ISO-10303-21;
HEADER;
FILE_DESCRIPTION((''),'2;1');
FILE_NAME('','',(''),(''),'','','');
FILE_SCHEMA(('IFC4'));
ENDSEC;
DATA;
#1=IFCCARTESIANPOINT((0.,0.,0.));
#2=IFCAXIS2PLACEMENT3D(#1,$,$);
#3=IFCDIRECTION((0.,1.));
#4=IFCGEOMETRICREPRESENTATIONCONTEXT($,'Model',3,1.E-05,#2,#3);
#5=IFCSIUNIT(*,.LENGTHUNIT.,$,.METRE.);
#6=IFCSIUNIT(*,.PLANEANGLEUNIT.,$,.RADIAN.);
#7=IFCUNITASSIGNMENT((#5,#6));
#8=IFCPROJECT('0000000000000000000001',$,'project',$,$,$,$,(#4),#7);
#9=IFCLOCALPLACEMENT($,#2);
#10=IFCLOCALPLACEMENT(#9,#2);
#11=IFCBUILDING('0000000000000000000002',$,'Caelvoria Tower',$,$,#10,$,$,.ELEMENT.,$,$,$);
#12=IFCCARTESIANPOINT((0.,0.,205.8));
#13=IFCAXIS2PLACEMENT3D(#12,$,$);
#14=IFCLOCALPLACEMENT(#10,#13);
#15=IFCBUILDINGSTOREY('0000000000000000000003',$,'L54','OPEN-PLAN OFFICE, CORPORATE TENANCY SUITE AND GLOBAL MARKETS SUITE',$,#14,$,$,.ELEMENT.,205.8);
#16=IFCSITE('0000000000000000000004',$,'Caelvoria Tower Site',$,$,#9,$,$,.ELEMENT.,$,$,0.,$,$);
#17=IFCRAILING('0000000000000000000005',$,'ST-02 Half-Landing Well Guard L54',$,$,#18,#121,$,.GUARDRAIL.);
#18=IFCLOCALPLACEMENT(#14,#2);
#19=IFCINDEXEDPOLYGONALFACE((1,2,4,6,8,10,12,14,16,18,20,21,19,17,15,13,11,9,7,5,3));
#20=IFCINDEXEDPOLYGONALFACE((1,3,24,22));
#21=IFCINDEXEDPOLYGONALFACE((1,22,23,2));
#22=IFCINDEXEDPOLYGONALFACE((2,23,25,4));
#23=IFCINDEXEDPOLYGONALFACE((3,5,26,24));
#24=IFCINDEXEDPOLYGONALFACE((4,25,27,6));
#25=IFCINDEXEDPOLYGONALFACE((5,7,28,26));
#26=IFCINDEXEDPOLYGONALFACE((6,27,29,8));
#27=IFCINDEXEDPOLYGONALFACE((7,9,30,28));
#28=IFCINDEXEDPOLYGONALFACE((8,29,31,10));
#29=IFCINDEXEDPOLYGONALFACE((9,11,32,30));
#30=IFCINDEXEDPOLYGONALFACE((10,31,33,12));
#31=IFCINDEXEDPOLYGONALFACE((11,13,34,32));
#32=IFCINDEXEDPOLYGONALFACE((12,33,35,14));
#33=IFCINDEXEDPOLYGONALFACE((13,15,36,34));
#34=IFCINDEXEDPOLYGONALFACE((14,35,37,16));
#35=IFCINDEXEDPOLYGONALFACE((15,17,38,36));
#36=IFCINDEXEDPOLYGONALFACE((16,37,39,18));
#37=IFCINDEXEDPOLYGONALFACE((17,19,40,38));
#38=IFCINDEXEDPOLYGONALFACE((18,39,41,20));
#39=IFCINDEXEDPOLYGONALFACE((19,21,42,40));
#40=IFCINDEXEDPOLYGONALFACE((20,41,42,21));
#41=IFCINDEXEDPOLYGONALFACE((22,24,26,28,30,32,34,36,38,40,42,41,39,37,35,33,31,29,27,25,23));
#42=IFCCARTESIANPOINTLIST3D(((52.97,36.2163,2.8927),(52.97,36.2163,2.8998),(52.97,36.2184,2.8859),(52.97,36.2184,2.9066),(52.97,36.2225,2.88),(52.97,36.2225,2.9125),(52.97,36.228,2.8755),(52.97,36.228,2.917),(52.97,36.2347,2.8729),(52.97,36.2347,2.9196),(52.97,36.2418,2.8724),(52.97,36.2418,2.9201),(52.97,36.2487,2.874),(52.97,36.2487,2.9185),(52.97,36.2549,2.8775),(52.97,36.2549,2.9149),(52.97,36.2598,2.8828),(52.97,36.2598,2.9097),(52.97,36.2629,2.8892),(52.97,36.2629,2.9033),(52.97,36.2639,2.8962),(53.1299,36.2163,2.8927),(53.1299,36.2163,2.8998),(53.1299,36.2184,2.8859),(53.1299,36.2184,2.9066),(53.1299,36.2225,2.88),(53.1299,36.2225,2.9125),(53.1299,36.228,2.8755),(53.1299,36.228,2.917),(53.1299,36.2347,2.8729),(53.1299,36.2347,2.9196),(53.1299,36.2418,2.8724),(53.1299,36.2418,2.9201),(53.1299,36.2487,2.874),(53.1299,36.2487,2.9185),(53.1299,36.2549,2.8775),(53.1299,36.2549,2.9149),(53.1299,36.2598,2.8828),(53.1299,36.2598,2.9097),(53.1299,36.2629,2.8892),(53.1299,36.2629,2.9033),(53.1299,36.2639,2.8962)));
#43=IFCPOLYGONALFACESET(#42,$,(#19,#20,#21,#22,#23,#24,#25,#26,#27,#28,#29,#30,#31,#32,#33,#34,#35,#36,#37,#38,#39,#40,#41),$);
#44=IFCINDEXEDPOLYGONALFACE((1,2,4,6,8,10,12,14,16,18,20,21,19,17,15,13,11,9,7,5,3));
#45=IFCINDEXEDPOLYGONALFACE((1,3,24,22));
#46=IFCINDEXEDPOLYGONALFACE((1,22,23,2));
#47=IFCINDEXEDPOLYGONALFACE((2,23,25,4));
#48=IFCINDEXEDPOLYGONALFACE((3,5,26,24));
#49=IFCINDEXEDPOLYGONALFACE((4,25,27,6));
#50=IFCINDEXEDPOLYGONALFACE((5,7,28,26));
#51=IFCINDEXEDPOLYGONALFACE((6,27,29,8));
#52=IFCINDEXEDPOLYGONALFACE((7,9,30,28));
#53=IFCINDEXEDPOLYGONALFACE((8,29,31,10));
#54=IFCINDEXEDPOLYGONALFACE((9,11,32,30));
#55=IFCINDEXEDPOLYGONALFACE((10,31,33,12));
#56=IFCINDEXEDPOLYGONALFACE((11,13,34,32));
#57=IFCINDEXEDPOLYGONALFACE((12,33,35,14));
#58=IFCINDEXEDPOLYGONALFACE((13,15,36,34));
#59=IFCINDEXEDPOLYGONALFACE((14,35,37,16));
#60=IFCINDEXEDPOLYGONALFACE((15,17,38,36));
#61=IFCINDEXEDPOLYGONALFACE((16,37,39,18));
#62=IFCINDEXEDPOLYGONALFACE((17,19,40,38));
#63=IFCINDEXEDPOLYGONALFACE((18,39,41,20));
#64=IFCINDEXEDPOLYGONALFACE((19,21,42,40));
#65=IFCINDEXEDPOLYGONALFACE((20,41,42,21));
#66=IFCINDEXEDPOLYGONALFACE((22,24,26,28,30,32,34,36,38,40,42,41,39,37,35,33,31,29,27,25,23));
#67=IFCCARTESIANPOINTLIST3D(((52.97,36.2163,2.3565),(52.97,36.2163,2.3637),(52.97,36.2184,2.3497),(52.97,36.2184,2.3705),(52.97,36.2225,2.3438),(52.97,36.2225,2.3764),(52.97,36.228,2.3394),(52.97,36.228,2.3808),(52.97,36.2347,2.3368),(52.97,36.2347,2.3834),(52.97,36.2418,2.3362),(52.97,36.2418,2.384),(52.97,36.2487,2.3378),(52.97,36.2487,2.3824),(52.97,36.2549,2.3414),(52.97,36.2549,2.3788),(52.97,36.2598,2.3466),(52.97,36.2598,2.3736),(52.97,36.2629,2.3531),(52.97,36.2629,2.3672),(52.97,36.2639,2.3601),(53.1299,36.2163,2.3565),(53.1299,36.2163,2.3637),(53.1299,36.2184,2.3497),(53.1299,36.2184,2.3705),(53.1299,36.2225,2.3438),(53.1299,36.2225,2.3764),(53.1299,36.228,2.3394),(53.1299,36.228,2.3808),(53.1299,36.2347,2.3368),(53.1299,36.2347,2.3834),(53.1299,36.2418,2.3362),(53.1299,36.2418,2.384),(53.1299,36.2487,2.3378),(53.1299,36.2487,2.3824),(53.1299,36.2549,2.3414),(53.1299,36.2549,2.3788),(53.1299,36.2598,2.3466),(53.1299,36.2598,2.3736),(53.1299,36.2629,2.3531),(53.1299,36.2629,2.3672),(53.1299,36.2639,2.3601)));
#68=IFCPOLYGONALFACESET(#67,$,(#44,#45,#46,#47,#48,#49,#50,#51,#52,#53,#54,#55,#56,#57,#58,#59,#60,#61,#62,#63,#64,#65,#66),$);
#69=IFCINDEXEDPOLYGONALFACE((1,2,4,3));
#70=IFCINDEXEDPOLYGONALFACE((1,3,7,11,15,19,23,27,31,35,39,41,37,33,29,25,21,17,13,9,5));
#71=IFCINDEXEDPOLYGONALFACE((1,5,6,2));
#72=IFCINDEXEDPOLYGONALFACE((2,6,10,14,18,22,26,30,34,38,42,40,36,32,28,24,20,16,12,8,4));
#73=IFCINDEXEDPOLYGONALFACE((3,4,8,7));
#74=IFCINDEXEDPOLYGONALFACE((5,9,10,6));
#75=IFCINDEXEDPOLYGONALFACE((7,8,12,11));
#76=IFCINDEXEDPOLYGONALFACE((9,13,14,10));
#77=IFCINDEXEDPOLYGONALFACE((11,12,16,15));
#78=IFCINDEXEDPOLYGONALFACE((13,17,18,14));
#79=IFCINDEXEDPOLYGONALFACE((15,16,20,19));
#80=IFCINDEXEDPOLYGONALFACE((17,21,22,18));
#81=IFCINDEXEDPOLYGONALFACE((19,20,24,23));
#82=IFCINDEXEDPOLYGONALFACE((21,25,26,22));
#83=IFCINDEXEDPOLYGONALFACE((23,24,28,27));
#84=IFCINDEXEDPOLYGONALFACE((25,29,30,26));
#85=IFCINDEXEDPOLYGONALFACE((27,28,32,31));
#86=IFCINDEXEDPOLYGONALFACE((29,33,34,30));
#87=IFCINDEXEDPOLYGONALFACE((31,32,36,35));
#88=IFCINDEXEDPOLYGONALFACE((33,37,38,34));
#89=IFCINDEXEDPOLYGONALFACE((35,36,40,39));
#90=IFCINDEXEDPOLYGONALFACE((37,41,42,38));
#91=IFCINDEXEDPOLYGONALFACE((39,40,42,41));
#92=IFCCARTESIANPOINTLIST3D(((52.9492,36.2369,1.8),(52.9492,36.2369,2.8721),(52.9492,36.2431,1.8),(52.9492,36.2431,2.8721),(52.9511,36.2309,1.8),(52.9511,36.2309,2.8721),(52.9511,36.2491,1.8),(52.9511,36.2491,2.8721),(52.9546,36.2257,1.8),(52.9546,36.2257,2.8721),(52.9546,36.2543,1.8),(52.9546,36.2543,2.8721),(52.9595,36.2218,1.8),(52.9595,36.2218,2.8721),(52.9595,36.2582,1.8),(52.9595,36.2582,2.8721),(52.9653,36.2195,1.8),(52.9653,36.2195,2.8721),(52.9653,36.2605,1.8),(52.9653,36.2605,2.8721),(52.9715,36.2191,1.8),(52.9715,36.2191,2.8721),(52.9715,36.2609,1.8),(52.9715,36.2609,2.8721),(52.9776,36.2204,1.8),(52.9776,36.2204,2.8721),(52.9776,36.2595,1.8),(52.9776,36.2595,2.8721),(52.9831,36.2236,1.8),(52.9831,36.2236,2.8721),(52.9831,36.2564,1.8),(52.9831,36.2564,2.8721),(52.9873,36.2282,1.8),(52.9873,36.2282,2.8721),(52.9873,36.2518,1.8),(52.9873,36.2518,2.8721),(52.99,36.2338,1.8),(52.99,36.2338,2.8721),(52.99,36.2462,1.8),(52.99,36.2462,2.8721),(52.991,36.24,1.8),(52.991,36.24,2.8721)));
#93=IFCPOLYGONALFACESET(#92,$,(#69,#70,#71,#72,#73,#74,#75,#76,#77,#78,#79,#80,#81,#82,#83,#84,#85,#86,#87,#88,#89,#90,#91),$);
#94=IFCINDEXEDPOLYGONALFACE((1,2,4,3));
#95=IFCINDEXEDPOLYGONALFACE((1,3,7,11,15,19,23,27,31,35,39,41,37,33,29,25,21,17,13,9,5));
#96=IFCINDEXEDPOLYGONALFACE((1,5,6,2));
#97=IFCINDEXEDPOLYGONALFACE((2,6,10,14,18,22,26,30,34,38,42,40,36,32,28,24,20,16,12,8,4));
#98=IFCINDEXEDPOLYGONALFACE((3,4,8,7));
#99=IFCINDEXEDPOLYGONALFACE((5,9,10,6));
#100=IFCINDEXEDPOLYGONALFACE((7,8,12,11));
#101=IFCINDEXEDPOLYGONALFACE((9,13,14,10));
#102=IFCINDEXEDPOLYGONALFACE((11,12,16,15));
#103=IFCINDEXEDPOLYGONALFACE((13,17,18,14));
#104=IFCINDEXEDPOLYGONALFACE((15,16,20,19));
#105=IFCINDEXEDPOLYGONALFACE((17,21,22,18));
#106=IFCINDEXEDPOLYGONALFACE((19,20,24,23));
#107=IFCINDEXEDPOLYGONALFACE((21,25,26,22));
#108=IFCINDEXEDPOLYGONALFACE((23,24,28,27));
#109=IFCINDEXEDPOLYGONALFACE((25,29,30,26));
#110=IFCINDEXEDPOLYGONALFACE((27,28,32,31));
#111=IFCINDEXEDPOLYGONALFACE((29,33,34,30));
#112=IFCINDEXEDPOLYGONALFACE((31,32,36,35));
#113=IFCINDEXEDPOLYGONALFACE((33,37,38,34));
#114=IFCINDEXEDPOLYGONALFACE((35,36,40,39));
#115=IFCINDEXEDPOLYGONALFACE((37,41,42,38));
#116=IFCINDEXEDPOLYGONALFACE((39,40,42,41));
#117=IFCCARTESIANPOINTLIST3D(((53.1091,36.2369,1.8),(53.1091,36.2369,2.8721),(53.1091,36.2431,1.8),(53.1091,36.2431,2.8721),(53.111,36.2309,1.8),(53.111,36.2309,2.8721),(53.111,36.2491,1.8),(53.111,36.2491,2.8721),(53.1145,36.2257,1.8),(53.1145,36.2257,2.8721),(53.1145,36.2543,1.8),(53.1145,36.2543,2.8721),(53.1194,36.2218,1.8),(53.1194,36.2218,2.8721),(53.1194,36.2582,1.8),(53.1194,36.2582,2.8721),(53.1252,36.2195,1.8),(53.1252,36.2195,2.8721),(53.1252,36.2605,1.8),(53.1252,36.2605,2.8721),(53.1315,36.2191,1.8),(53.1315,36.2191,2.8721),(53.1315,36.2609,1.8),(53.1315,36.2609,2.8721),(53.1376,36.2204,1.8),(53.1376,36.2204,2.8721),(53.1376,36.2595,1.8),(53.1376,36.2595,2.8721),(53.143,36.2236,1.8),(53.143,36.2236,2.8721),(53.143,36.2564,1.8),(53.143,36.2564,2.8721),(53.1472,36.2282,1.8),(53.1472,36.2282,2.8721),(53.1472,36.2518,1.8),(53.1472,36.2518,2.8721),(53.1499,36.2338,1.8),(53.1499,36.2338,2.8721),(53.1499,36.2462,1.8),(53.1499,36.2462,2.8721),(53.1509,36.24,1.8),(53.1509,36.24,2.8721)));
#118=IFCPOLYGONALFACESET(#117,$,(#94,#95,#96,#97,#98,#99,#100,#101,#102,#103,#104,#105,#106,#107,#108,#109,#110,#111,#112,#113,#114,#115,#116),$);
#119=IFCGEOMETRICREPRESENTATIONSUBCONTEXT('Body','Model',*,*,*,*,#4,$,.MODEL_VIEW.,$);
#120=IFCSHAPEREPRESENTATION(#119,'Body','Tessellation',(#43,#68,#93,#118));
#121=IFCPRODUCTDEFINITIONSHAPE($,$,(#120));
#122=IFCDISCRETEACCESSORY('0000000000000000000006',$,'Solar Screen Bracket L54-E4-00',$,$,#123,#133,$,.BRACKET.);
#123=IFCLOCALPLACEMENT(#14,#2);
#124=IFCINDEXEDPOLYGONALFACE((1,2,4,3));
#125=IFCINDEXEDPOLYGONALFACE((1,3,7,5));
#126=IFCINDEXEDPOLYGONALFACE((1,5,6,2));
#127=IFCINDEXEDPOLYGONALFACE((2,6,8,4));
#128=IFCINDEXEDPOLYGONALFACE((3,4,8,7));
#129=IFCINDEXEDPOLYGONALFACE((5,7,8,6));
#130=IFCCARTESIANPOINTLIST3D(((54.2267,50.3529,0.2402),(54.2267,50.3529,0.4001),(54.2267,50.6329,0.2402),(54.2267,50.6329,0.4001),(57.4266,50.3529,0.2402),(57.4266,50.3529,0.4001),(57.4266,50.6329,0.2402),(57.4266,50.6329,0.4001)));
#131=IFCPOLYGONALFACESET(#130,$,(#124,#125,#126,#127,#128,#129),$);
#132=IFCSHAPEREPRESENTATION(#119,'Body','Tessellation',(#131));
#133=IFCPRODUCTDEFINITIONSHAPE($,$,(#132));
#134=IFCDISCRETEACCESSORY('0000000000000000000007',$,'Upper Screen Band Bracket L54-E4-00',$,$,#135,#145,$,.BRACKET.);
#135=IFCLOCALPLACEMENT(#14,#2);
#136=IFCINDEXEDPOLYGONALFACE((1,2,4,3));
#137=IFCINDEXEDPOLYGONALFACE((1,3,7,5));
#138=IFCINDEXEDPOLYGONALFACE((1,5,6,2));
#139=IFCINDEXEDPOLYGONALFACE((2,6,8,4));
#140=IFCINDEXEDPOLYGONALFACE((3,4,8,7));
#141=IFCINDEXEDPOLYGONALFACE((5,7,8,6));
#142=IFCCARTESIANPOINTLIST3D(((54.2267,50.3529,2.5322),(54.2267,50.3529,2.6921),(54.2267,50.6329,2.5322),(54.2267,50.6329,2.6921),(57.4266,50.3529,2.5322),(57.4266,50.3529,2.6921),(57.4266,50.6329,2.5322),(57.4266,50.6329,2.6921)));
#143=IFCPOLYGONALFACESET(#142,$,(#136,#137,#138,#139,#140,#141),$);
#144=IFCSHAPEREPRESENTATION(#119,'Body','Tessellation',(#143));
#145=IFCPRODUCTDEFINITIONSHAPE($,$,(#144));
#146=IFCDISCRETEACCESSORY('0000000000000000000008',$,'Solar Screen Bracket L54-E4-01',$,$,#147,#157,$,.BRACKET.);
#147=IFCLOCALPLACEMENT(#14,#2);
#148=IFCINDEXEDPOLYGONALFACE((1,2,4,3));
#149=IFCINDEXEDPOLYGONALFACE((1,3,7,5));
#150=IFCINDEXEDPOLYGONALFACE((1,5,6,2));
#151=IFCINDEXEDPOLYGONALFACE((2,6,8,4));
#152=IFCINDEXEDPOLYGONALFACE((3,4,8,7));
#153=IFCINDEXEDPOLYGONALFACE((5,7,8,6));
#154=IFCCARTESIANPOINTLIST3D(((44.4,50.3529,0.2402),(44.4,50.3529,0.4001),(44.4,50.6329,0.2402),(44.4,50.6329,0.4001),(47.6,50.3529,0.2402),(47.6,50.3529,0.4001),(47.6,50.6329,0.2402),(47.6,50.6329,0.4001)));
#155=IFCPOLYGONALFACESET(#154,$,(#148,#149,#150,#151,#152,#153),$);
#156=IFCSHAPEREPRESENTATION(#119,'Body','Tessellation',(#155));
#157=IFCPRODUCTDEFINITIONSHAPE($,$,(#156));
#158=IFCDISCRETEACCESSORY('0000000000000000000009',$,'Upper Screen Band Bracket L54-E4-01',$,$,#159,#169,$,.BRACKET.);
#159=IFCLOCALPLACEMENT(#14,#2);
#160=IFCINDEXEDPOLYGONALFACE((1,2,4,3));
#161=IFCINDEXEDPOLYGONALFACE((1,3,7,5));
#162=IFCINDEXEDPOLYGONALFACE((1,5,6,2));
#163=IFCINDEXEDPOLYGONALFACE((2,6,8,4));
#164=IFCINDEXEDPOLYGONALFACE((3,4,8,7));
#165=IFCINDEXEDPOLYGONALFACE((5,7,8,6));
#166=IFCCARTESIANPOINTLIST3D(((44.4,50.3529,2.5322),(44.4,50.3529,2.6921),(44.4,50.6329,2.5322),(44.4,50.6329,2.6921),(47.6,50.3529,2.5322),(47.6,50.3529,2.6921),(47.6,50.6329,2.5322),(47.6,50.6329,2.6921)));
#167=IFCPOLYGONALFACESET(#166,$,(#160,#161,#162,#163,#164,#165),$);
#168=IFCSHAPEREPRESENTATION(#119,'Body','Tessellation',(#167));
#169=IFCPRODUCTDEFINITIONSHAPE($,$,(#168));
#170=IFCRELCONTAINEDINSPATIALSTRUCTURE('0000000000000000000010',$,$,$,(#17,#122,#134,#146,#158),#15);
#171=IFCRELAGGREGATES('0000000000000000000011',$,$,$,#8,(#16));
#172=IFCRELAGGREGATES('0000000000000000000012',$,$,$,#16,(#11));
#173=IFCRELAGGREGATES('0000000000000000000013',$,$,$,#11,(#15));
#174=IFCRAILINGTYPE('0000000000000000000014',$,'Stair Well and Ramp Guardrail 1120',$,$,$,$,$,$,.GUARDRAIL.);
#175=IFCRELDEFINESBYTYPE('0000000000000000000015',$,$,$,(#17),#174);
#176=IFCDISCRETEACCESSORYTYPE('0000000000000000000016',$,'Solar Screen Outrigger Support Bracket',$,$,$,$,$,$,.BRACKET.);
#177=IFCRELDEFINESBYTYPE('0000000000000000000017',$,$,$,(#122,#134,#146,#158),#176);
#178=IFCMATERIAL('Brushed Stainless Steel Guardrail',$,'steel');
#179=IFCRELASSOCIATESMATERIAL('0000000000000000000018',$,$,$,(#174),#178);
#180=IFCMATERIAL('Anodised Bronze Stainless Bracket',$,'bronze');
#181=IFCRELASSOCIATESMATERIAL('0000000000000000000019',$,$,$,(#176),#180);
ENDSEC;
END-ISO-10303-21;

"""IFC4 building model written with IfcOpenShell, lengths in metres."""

from ifc_helpers import new_model, si_unit, direction, frame, origin, origin_2d, place, context, subcontext, project, spatial, rectangle, circle, extrude, material, type_object, element, save


model = new_model("IFC4")

# Units and contexts
model_context = context("Model", 3, precision=1e-05, world=origin(), true_north=direction((0.0, 1.0)))
body_context = subcontext(model_context, "Body", "Model", "MODEL_VIEW")
ifc_project = project(units=[si_unit("LENGTHUNIT", "METRE"), si_unit("PLANEANGLEUNIT", "RADIAN")], contexts=[model_context])

# Site, building, storey
site_placement = place(None, origin())
site = spatial("IfcSite", under=ifc_project, at=site_placement, Name="Caelvoria Tower Site", CompositionType="ELEMENT", RefElevation=0.0)
building_placement = place(site_placement, origin())
building = spatial("IfcBuilding", under=site, at=building_placement, Name="Caelvoria Tower", CompositionType="ELEMENT")
storey_placement = place(building_placement, frame((0.0, 0.0, 205.8)))
storey = spatial("IfcBuildingStorey", under=building, at=storey_placement, Name="L54", Description="OPEN-PLAN OFFICE, CORPORATE TENANCY SUITE AND GLOBAL MARKETS SUITE", CompositionType="ELEMENT", Elevation=205.8)

# Railing
ifc_material_1 = material(Name="Brushed Stainless Steel Guardrail", Category="steel")
railing_type_1 = type_object("IfcRailingType", Name="Stair Well and Ramp Guardrail 1120", PredefinedType="GUARDRAIL", material=ifc_material_1)
railing_1_placement = place(storey_placement, frame((52.97, 36.24, 1.8)))
element("IfcRailing", 1, at=railing_1_placement, inside=storey, type_object=railing_type_1, Name="ST-02 Half-Landing Well Guard L54", PredefinedType="GUARDRAIL", context=body_context, shape_type="SweptSolid", body=[
    extrude(circle(Radius=0.0239, at=origin_2d()), frame((0.0, 0.0, 1.0962), z_axis=(1.0, 0.0, 0.0), x_axis=(0.0, 1.0, 0.0)), (0.0, 0.0, 1.0), 0.1599),
    extrude(circle(Radius=0.0239, at=origin_2d()), frame((0.0, 0.0, 0.5601), z_axis=(1.0, 0.0, 0.0), x_axis=(0.0, 1.0, 0.0)), (0.0, 0.0, 1.0), 0.1599),
    extrude(circle(Radius=0.021, at=origin_2d()), origin(), (0.0, 0.0, 1.0), 1.072),
    extrude(circle(Radius=0.021, at=origin_2d()), frame((0.1599, 0.0, 0.0)), (0.0, 0.0, 1.0), 1.072),
])

# Discrete accessories
ifc_material_2 = material(Name="Anodised Bronze Stainless Bracket", Category="bronze")
discrete_accessory_type = type_object("IfcDiscreteAccessoryType", Name="Solar Screen Outrigger Support Bracket", PredefinedType="BRACKET", material=ifc_material_2)
for number, where, z_axis, x_axis, name in (
    (2, (55.8267, 50.4929, 0.2402), (0.0, 0.0, 1.0), (-1.0, 0.0, 0.0), "Solar Screen Bracket L54-E4-00"),
    (3, (55.8267, 50.4929, 2.5322), (0.0, 0.0, 1.0), (-1.0, 0.0, 0.0), "Upper Screen Band Bracket L54-E4-00"),
    (4, (46.0, 50.4929, 0.2402), (0.0, 0.0, 1.0), (-1.0, 0.0, 0.0), "Solar Screen Bracket L54-E4-01"),
    (5, (46.0, 50.4929, 2.5322), (0.0, 0.0, 1.0), (-1.0, 0.0, 0.0), "Upper Screen Band Bracket L54-E4-01"),
):
    element("IfcDiscreteAccessory", number, at=place(storey_placement, frame(where, z_axis=z_axis, x_axis=x_axis)), inside=storey, type_object=discrete_accessory_type, Name=name, PredefinedType="BRACKET", context=body_context, shape_type="SweptSolid", body=[
        extrude(rectangle(XDim=3.2, YDim=0.28, at=origin_2d()), origin(), (0.0, 0.0, 1.0), 0.1599),
    ])

save(model, "model.ifc")
